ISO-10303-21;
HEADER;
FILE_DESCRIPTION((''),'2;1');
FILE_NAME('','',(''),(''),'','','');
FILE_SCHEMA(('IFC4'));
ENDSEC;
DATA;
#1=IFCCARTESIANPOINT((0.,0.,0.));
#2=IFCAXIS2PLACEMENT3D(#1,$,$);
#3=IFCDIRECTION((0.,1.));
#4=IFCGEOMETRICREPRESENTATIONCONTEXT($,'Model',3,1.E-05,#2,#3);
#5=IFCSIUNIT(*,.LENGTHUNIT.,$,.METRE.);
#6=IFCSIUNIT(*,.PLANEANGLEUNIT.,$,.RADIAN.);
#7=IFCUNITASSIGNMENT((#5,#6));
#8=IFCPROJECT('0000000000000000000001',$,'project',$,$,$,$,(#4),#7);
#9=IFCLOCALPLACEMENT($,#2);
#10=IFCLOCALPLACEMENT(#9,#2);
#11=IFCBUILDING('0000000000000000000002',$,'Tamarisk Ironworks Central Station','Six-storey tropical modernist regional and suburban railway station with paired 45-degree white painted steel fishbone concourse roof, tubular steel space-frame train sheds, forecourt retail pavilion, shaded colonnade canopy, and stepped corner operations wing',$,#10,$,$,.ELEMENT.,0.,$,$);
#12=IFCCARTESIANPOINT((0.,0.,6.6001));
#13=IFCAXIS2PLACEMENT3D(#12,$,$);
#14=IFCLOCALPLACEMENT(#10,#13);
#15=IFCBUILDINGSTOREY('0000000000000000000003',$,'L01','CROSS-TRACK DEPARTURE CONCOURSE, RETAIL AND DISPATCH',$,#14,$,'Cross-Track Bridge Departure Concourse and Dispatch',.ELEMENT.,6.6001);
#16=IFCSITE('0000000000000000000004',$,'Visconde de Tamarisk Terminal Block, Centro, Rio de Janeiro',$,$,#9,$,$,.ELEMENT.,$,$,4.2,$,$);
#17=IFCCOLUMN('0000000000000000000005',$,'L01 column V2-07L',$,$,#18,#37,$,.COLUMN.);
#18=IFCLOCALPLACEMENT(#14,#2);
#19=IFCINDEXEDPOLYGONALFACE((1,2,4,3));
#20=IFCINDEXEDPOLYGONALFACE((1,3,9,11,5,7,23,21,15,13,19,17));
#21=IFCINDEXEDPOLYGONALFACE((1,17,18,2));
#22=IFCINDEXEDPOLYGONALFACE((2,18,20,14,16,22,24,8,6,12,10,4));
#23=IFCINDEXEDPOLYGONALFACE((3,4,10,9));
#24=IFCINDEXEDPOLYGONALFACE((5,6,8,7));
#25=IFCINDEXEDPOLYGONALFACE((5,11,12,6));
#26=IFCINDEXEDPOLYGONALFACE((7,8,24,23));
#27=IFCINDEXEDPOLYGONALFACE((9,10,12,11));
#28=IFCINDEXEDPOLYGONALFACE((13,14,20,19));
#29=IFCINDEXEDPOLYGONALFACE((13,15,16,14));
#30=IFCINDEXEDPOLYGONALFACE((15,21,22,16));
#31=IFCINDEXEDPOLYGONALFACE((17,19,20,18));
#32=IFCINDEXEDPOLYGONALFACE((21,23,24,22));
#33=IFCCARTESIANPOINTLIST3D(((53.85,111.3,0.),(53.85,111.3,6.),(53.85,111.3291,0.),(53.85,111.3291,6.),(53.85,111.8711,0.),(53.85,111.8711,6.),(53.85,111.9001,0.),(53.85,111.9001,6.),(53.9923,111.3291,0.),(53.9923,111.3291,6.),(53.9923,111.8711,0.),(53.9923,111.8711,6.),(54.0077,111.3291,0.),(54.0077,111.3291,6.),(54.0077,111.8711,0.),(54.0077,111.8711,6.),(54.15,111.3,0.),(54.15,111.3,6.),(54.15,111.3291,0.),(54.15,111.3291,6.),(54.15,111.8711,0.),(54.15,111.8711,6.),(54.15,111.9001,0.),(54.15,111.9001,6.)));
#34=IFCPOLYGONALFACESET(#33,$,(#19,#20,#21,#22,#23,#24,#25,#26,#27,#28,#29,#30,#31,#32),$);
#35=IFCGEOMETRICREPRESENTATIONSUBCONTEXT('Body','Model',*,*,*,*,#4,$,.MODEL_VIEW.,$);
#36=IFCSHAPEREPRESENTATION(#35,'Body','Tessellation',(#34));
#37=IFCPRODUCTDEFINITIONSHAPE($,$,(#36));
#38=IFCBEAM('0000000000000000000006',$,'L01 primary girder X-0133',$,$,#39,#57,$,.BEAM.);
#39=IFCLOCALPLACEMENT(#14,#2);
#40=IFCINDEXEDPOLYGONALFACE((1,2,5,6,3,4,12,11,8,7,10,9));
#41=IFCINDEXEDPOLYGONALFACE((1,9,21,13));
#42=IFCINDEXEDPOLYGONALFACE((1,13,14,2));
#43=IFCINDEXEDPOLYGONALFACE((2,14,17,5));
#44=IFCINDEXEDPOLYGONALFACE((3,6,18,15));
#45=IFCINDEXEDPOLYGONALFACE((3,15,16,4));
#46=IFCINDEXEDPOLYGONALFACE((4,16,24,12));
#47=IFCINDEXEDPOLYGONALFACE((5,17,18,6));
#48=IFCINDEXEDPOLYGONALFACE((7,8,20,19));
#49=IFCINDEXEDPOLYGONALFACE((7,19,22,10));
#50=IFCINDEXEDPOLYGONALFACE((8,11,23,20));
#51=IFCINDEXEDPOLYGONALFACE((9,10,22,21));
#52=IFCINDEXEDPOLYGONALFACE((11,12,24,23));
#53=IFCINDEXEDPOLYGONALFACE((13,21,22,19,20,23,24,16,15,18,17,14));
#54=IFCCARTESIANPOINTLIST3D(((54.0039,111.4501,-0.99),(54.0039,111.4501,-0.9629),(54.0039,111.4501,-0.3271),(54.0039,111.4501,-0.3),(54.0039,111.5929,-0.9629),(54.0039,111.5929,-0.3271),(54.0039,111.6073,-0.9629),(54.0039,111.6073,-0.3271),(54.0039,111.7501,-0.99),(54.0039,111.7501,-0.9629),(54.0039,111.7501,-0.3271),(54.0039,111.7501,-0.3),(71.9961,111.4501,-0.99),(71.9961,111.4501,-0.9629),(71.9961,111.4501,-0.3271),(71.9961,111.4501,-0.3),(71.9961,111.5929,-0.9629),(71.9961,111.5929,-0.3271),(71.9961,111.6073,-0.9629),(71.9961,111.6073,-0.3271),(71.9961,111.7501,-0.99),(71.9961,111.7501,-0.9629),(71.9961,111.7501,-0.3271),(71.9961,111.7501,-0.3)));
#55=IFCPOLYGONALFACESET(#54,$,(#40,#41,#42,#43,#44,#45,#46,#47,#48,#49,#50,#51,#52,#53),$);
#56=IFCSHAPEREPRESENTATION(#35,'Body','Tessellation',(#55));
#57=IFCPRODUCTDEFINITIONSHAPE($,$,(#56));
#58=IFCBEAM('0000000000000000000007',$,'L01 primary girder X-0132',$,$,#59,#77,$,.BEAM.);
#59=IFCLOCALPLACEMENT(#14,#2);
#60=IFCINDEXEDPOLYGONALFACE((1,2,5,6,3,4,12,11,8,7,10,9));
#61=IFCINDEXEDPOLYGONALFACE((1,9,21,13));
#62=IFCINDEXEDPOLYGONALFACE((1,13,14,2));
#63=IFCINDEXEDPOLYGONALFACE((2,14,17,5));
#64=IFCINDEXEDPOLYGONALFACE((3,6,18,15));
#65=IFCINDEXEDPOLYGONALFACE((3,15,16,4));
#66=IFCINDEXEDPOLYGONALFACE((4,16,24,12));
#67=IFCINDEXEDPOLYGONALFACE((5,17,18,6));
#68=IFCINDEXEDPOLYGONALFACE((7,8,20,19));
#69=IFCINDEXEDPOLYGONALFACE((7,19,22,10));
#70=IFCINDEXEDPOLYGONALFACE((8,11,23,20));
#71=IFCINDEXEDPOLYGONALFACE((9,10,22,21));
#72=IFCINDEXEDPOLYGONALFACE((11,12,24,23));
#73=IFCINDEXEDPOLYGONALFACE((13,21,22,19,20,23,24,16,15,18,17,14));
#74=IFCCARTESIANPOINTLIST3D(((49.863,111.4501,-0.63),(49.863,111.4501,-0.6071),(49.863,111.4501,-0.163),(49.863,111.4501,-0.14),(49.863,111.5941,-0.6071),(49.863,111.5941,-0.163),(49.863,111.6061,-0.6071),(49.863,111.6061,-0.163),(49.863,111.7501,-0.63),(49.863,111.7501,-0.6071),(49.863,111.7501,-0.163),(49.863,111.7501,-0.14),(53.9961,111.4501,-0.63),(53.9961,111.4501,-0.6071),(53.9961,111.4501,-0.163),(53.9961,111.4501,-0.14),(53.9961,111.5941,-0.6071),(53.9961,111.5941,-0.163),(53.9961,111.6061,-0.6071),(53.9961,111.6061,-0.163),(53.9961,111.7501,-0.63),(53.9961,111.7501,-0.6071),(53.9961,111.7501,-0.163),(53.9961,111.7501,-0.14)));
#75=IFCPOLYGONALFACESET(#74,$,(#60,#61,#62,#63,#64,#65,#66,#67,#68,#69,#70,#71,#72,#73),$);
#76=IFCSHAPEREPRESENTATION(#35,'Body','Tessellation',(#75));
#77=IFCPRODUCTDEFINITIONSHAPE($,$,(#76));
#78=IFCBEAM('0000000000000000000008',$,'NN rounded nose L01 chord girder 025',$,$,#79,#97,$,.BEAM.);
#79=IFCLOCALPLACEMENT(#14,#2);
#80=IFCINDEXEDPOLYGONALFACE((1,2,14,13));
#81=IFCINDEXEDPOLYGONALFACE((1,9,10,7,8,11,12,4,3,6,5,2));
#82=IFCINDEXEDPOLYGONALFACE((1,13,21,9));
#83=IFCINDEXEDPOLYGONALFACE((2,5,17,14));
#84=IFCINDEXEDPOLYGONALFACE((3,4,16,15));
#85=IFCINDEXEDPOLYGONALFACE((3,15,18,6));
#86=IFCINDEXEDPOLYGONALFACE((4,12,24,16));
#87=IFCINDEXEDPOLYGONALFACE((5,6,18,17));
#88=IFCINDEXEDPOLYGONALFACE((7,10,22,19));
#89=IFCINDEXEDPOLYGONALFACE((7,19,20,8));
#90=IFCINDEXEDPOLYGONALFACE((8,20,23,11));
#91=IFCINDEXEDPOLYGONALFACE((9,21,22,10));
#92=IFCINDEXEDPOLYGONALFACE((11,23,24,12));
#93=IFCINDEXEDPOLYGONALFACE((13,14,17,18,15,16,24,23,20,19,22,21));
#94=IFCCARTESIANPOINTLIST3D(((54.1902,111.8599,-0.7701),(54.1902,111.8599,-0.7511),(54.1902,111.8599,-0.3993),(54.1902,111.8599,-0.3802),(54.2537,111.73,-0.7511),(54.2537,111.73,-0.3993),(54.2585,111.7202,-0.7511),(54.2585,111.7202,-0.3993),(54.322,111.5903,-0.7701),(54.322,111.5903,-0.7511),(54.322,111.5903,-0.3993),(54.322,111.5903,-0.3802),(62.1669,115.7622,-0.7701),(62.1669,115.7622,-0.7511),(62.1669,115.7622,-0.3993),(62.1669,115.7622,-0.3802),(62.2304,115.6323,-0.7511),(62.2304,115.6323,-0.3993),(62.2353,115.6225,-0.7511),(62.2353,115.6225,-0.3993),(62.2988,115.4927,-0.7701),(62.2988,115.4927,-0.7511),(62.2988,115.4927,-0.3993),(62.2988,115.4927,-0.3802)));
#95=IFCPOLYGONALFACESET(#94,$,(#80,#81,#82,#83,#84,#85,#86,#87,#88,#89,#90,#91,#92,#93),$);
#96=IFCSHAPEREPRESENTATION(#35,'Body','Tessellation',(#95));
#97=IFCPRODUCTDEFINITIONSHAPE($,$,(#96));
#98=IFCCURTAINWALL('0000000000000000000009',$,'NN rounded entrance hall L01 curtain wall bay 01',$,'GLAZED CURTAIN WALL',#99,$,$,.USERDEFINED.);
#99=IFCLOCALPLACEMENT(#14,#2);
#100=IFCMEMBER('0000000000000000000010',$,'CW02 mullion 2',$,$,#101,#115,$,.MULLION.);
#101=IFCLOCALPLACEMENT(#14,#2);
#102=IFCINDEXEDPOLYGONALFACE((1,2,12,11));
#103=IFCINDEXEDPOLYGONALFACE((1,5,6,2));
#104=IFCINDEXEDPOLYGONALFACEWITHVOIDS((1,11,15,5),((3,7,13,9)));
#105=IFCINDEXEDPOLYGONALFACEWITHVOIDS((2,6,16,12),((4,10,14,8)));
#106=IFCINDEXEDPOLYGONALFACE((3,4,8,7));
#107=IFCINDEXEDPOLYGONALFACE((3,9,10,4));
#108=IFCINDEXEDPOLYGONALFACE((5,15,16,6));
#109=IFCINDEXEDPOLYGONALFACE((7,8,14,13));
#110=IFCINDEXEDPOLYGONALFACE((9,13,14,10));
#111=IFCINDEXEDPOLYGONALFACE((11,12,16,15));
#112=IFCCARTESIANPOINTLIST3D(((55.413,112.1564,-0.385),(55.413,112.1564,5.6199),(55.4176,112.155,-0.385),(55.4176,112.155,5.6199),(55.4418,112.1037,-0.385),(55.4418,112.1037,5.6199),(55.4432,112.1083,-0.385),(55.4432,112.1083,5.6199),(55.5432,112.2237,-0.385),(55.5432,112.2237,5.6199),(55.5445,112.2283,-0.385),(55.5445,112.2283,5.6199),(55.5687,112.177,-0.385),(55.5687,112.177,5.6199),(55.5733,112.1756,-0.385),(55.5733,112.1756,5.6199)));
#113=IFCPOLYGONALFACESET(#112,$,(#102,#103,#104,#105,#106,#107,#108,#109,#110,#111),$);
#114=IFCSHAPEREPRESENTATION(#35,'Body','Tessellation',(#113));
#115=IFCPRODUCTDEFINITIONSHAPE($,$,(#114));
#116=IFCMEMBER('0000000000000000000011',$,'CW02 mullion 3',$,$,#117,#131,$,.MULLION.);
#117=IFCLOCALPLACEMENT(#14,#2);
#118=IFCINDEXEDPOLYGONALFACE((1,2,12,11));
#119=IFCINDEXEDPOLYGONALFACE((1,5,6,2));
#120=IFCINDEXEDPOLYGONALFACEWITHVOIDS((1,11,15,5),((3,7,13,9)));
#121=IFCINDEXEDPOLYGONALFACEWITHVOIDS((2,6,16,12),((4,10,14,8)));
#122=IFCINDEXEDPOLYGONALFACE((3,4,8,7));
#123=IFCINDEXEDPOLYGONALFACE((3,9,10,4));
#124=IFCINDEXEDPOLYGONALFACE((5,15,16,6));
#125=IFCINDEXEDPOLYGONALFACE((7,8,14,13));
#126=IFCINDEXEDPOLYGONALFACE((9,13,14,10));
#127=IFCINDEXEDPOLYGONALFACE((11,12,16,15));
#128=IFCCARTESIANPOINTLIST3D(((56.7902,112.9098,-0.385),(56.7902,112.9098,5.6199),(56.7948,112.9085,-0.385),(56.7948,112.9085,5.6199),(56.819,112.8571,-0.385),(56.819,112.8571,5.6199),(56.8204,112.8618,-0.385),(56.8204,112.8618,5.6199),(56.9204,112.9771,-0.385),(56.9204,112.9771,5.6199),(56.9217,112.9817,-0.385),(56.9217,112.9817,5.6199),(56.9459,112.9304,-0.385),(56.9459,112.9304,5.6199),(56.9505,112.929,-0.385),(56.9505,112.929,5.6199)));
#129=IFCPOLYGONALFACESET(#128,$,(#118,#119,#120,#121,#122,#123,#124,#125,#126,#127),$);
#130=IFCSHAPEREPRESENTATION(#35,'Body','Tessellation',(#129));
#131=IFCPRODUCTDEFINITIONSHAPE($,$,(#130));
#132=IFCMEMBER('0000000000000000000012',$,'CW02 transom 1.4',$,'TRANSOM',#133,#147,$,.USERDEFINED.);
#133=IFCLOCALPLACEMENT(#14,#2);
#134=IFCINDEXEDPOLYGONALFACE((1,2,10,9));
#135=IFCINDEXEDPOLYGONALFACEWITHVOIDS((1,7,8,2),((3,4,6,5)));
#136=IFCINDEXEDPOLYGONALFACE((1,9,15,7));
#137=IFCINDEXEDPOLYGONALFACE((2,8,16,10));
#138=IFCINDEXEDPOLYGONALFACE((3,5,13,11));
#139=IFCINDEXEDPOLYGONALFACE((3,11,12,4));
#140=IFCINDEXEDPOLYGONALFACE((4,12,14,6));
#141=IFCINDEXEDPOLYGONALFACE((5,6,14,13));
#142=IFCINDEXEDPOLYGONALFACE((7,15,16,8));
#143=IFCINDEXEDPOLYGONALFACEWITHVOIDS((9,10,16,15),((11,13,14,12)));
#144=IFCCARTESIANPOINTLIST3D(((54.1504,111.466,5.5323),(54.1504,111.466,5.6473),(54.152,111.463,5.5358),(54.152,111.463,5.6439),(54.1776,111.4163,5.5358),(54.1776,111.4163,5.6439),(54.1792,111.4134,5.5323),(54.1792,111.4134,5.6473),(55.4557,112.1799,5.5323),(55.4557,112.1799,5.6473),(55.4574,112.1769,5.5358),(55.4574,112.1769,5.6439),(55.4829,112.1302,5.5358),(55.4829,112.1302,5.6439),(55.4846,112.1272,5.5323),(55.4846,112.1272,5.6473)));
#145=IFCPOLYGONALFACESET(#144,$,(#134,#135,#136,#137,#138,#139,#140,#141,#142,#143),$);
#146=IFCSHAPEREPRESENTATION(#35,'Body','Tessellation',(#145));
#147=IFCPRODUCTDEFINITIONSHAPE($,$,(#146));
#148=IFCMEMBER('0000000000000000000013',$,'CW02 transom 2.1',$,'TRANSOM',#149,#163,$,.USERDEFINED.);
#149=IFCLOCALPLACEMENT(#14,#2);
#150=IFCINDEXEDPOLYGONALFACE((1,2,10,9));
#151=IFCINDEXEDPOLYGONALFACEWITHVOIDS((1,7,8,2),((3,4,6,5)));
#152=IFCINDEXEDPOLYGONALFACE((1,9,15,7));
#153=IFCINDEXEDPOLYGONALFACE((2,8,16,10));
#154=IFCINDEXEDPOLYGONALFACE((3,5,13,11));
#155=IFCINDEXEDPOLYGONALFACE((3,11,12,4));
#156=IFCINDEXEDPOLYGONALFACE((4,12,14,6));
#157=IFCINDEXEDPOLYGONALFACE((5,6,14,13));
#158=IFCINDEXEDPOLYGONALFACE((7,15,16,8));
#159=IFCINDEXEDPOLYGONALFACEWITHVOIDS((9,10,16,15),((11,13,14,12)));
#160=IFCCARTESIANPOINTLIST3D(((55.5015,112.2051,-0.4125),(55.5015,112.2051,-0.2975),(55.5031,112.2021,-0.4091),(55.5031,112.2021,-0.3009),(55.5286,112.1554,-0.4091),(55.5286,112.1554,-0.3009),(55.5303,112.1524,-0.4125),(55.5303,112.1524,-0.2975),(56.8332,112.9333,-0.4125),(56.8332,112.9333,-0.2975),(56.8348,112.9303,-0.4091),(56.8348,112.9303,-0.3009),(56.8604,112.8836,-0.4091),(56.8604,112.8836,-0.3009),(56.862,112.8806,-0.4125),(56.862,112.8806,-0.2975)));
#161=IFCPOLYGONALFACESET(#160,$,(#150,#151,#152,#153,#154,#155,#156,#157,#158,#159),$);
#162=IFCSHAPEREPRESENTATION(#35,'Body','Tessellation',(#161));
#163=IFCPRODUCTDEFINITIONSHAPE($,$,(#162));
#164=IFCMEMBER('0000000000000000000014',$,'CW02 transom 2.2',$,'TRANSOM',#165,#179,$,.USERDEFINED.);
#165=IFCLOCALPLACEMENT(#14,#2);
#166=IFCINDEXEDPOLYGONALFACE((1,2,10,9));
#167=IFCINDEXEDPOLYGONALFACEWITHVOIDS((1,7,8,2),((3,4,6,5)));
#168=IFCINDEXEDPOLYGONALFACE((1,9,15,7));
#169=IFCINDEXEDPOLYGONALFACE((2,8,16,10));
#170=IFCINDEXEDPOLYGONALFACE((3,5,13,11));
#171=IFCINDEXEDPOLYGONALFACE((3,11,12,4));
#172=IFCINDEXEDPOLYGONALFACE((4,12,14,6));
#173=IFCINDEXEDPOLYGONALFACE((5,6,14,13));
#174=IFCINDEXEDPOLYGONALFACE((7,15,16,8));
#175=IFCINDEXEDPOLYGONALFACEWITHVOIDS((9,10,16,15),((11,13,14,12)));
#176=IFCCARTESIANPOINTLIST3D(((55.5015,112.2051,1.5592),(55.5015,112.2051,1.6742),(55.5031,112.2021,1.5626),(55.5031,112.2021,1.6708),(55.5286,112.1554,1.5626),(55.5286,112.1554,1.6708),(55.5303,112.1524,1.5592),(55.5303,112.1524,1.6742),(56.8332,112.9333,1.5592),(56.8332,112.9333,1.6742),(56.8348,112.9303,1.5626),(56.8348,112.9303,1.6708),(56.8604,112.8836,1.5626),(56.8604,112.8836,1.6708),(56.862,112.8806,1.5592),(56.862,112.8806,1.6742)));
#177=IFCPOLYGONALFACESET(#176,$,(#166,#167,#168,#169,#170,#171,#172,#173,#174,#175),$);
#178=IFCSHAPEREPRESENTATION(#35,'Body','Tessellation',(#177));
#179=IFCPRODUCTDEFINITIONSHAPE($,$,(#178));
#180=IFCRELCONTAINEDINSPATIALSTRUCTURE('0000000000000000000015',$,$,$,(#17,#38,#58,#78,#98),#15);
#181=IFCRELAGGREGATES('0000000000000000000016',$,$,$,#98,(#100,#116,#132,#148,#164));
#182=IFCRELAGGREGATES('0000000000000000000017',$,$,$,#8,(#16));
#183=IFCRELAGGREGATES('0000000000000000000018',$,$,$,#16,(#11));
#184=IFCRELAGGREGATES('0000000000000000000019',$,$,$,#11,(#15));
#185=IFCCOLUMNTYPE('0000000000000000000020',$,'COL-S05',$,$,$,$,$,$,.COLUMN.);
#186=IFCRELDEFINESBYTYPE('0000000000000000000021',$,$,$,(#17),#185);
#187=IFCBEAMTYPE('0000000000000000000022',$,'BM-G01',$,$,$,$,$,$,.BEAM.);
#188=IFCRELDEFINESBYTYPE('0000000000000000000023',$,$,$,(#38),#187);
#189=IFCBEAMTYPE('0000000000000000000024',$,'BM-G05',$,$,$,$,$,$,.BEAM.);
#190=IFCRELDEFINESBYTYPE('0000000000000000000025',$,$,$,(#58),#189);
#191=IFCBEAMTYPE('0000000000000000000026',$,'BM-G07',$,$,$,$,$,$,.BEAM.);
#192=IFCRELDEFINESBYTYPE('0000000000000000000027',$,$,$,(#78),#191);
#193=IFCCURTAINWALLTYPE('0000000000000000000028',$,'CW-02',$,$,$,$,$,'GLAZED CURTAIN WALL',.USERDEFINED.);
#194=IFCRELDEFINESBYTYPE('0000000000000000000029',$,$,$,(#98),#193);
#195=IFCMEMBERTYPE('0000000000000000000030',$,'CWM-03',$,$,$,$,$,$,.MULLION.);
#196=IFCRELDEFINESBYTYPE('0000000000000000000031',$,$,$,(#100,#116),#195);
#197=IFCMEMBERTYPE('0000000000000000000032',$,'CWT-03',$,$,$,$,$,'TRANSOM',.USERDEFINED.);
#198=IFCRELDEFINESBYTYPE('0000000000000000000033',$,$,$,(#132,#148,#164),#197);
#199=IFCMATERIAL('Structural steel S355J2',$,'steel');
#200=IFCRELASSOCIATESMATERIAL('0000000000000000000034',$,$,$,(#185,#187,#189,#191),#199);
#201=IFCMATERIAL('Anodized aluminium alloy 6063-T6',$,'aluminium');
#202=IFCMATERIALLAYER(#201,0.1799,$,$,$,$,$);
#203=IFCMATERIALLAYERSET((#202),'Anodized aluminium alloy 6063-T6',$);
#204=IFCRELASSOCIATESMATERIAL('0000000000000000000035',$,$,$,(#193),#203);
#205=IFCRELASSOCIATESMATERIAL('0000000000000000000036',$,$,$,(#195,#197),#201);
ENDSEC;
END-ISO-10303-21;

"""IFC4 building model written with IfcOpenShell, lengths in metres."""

from ifc_helpers import new_model, si_unit, direction, frame, origin, origin_2d, place, context, subcontext, project, spatial, hollow_rectangle, i_section, extrude, material, layer, layer_set, material_profile, profile_set, type_object, element, aggregate, save


model = new_model("IFC4")

# Units and contexts
model_context = context("Model", 3, precision=1e-05, world=origin(), true_north=direction((0.0, 1.0)))
body_context = subcontext(model_context, "Body", "Model", "MODEL_VIEW")
ifc_project = project(units=[si_unit("LENGTHUNIT", "METRE"), si_unit("PLANEANGLEUNIT", "RADIAN")], contexts=[model_context])

# Site, building, storey
site_placement = place(None, origin())
site = spatial("IfcSite", under=ifc_project, at=site_placement, Name="Visconde de Tamarisk Terminal Block, Centro, Rio de Janeiro", CompositionType="ELEMENT", RefElevation=4.2)
building_placement = place(site_placement, origin())
building = spatial("IfcBuilding", under=site, at=building_placement, Name="Tamarisk Ironworks Central Station", Description="Six-storey tropical modernist regional and suburban railway station with paired 45-degree white painted steel fishbone concourse roof, tubular steel space-frame train sheds, forecourt retail pavilion, shaded colonnade canopy, and stepped corner operations wing", CompositionType="ELEMENT", ElevationOfRefHeight=0.0)
storey_placement = place(building_placement, frame((0.0, 0.0, 6.6001)))
storey = spatial("IfcBuildingStorey", under=building, at=storey_placement, Name="L01", Description="CROSS-TRACK DEPARTURE CONCOURSE, RETAIL AND DISPATCH", LongName="Cross-Track Bridge Departure Concourse and Dispatch", CompositionType="ELEMENT", Elevation=6.6001)

# Column
ifc_material_1 = material(Name="Structural steel S355J2", Category="steel")
ifc_material_profile_1 = material_profile(ifc_material_1, i_section(OverallWidth=0.3, OverallDepth=0.6001, WebThickness=0.0154, FlangeThickness=0.0291, at=origin_2d()), Name="HEB 600")
ifc_profile_set_1 = profile_set([ifc_material_profile_1], Name="Structural steel S355J2")
column_type = type_object("IfcColumnType", Name="COL-S05", PredefinedType="COLUMN", material=ifc_profile_set_1)
column_placement = place(storey_placement, frame((54.0, 111.6001, 0.0), z_axis=(0.0, 0.0, 1.0), x_axis=(1.0, 0.0, 0.0)))
element("IfcColumn", 1, at=column_placement, inside=storey, type_object=column_type, Name="L01 column V2-07L", PredefinedType="COLUMN", context=body_context, shape_type="SweptSolid", body=[
    extrude(i_section(OverallWidth=0.3, OverallDepth=0.6001, WebThickness=0.0154, FlangeThickness=0.0291, at=origin_2d()), origin(), (0.0, 0.0, 1.0), 6.0),
])

# Beams
ifc_material_profile_2 = material_profile(ifc_material_1, i_section(OverallWidth=0.3, OverallDepth=0.6899, WebThickness=0.0144, FlangeThickness=0.0271, at=origin_2d()), Name="HEA 700")
ifc_profile_set_2 = profile_set([ifc_material_profile_2], Name="Structural steel S355J2")
beam_type_1 = type_object("IfcBeamType", Name="BM-G01", PredefinedType="BEAM", material=ifc_profile_set_2)
beam_1_placement = place(storey_placement, frame((54.0039, 111.6001, -0.645), z_axis=(1.0, 0.0, 0.0), x_axis=(0.0, 1.0, 0.0)))
element("IfcBeam", 2, at=beam_1_placement, inside=storey, type_object=beam_type_1, Name="L01 primary girder X-0133", PredefinedType="BEAM", context=body_context, shape_type="SweptSolid", body=[
    extrude(i_section(OverallWidth=0.3, OverallDepth=0.6899, WebThickness=0.0144, FlangeThickness=0.0271, at=origin_2d()), origin(), (0.0, 0.0, 1.0), 17.9922),
])
ifc_material_profile_3 = material_profile(ifc_material_1, i_section(OverallWidth=0.3, OverallDepth=0.49, WebThickness=0.012, FlangeThickness=0.0229, at=origin_2d()), Name="HEA 500")
ifc_profile_set_3 = profile_set([ifc_material_profile_3], Name="Structural steel S355J2")
beam_type_2 = type_object("IfcBeamType", Name="BM-G05", PredefinedType="BEAM", material=ifc_profile_set_3)
beam_2_placement = place(storey_placement, frame((49.863, 111.6001, -0.385), z_axis=(1.0, 0.0, 0.0), x_axis=(0.0, 1.0, 0.0)))
element("IfcBeam", 3, at=beam_2_placement, inside=storey, type_object=beam_type_2, Name="L01 primary girder X-0132", PredefinedType="BEAM", context=body_context, shape_type="SweptSolid", body=[
    extrude(i_section(OverallWidth=0.3, OverallDepth=0.49, WebThickness=0.012, FlangeThickness=0.0229, at=origin_2d()), origin(), (0.0, 0.0, 1.0), 4.1331),
])
ifc_material_profile_4 = material_profile(ifc_material_1, i_section(OverallWidth=0.3, OverallDepth=0.3899, WebThickness=0.011, FlangeThickness=0.019, at=origin_2d()), Name="HEA 400")
ifc_profile_set_4 = profile_set([ifc_material_profile_4], Name="Structural steel S355J2")
beam_type_3 = type_object("IfcBeamType", Name="BM-G07", PredefinedType="BEAM", material=ifc_profile_set_4)
beam_3_placement = place(storey_placement, frame((54.2561, 111.7251, -0.5752), z_axis=(0.89827, 0.439444, 0.0), x_axis=(-0.439444, 0.89827, 0.0)))
element("IfcBeam", 4, at=beam_3_placement, inside=storey, type_object=beam_type_3, Name="NN rounded nose L01 chord girder 025", PredefinedType="BEAM", context=body_context, shape_type="SweptSolid", body=[
    extrude(i_section(OverallWidth=0.3, OverallDepth=0.3899, WebThickness=0.011, FlangeThickness=0.019, at=origin_2d()), origin(), (0.0, 0.0, 1.0), 8.8801),
])

# Curtain wall, members
ifc_material_2 = material(Name="Anodized aluminium alloy 6063-T6", Category="aluminium")
ifc_layer_1 = layer(ifc_material_2, 0.1799)
ifc_layer_set_1 = layer_set([ifc_layer_1], Name="Anodized aluminium alloy 6063-T6")
curtain_wall_type = type_object("IfcCurtainWallType", Name="CW-02", ElementType="GLAZED CURTAIN WALL", PredefinedType="USERDEFINED", material=ifc_layer_set_1)
curtain_wall_placement = place(storey_placement, origin())
curtain_wall = element("IfcCurtainWall", 5, at=curtain_wall_placement, inside=storey, type_object=curtain_wall_type, Name="NN rounded entrance hall L01 curtain wall bay 01", ObjectType="GLAZED CURTAIN WALL", PredefinedType="USERDEFINED")
ifc_material_profile_5 = material_profile(ifc_material_2, hollow_rectangle(XDim=0.0601, YDim=0.1499, WallThickness=0.0034, at=origin_2d()), Name="ALUM 150x60")
ifc_profile_set_5 = profile_set([ifc_material_profile_5], Name="Anodized aluminium alloy 6063-T6")
member_type_1 = type_object("IfcMemberType", Name="CWM-03", PredefinedType="MULLION", material=ifc_profile_set_5)
member_1_placement = place(storey_placement, frame((55.4932, 112.166, -0.385), z_axis=(0.0, 0.0, 1.0), x_axis=(-0.479805, 0.877375, 0.0)))
member_1 = element("IfcMember", 6, at=member_1_placement, type_object=member_type_1, Name="CW02 mullion 2", PredefinedType="MULLION", context=body_context, shape_type="SweptSolid", body=[
    extrude(hollow_rectangle(XDim=0.0601, YDim=0.1499, WallThickness=0.0034, at=origin_2d()), origin(), (0.0, 0.0, 1.0), 6.0049),
])
member_2_placement = place(storey_placement, frame((56.8704, 112.9194, -0.385), z_axis=(0.0, 0.0, 1.0), x_axis=(-0.479805, 0.877375, 0.0)))
member_2 = element("IfcMember", 7, at=member_2_placement, type_object=member_type_1, Name="CW02 mullion 3", PredefinedType="MULLION", context=body_context, shape_type="SweptSolid", body=[
    extrude(hollow_rectangle(XDim=0.0601, YDim=0.1499, WallThickness=0.0034, at=origin_2d()), origin(), (0.0, 0.0, 1.0), 6.0049),
])
ifc_material_profile_6 = material_profile(ifc_material_2, hollow_rectangle(XDim=0.0601, YDim=0.115, WallThickness=0.0034, at=origin_2d()), Name="ALUM 115x60")
ifc_profile_set_6 = profile_set([ifc_material_profile_6], Name="Anodized aluminium alloy 6063-T6")
member_type_2 = type_object("IfcMemberType", Name="CWT-03", ElementType="TRANSOM", PredefinedType="USERDEFINED", material=ifc_profile_set_6)
member_3_placement = place(storey_placement, frame((54.1648, 111.4397, 5.5898), z_axis=(0.877381, 0.479795, 0.0), x_axis=(-0.479795, 0.877381, 0.0)))
member_3 = element("IfcMember", 8, at=member_3_placement, type_object=member_type_2, Name="CW02 transom 1.4", ObjectType="TRANSOM", PredefinedType="USERDEFINED", context=body_context, shape_type="SweptSolid", body=[
    extrude(hollow_rectangle(XDim=0.0601, YDim=0.115, WallThickness=0.0034, at=origin_2d()), origin(), (0.0, 0.0, 1.0), 1.4878),
])
member_4_placement = place(storey_placement, frame((55.5159, 112.1787, -0.355), z_axis=(0.877385, 0.479787, 0.0), x_axis=(-0.479787, 0.877385, 0.0)))
member_4 = element("IfcMember", 9, at=member_4_placement, type_object=member_type_2, Name="CW02 transom 2.1", ObjectType="TRANSOM", PredefinedType="USERDEFINED", context=body_context, shape_type="SweptSolid", body=[
    extrude(hollow_rectangle(XDim=0.0601, YDim=0.115, WallThickness=0.0034, at=origin_2d()), origin(), (0.0, 0.0, 1.0), 1.5178),
])
member_5_placement = place(storey_placement, frame((55.5159, 112.1787, 1.6167), z_axis=(0.877385, 0.479787, 0.0), x_axis=(-0.479787, 0.877385, 0.0)))
member_5 = element("IfcMember", 10, at=member_5_placement, type_object=member_type_2, Name="CW02 transom 2.2", ObjectType="TRANSOM", PredefinedType="USERDEFINED", context=body_context, shape_type="SweptSolid", body=[
    extrude(hollow_rectangle(XDim=0.0601, YDim=0.115, WallThickness=0.0034, at=origin_2d()), origin(), (0.0, 0.0, 1.0), 1.5178),
])
aggregate(curtain_wall, [member_1, member_2, member_3, member_4, member_5])

save(model, "model.ifc")
